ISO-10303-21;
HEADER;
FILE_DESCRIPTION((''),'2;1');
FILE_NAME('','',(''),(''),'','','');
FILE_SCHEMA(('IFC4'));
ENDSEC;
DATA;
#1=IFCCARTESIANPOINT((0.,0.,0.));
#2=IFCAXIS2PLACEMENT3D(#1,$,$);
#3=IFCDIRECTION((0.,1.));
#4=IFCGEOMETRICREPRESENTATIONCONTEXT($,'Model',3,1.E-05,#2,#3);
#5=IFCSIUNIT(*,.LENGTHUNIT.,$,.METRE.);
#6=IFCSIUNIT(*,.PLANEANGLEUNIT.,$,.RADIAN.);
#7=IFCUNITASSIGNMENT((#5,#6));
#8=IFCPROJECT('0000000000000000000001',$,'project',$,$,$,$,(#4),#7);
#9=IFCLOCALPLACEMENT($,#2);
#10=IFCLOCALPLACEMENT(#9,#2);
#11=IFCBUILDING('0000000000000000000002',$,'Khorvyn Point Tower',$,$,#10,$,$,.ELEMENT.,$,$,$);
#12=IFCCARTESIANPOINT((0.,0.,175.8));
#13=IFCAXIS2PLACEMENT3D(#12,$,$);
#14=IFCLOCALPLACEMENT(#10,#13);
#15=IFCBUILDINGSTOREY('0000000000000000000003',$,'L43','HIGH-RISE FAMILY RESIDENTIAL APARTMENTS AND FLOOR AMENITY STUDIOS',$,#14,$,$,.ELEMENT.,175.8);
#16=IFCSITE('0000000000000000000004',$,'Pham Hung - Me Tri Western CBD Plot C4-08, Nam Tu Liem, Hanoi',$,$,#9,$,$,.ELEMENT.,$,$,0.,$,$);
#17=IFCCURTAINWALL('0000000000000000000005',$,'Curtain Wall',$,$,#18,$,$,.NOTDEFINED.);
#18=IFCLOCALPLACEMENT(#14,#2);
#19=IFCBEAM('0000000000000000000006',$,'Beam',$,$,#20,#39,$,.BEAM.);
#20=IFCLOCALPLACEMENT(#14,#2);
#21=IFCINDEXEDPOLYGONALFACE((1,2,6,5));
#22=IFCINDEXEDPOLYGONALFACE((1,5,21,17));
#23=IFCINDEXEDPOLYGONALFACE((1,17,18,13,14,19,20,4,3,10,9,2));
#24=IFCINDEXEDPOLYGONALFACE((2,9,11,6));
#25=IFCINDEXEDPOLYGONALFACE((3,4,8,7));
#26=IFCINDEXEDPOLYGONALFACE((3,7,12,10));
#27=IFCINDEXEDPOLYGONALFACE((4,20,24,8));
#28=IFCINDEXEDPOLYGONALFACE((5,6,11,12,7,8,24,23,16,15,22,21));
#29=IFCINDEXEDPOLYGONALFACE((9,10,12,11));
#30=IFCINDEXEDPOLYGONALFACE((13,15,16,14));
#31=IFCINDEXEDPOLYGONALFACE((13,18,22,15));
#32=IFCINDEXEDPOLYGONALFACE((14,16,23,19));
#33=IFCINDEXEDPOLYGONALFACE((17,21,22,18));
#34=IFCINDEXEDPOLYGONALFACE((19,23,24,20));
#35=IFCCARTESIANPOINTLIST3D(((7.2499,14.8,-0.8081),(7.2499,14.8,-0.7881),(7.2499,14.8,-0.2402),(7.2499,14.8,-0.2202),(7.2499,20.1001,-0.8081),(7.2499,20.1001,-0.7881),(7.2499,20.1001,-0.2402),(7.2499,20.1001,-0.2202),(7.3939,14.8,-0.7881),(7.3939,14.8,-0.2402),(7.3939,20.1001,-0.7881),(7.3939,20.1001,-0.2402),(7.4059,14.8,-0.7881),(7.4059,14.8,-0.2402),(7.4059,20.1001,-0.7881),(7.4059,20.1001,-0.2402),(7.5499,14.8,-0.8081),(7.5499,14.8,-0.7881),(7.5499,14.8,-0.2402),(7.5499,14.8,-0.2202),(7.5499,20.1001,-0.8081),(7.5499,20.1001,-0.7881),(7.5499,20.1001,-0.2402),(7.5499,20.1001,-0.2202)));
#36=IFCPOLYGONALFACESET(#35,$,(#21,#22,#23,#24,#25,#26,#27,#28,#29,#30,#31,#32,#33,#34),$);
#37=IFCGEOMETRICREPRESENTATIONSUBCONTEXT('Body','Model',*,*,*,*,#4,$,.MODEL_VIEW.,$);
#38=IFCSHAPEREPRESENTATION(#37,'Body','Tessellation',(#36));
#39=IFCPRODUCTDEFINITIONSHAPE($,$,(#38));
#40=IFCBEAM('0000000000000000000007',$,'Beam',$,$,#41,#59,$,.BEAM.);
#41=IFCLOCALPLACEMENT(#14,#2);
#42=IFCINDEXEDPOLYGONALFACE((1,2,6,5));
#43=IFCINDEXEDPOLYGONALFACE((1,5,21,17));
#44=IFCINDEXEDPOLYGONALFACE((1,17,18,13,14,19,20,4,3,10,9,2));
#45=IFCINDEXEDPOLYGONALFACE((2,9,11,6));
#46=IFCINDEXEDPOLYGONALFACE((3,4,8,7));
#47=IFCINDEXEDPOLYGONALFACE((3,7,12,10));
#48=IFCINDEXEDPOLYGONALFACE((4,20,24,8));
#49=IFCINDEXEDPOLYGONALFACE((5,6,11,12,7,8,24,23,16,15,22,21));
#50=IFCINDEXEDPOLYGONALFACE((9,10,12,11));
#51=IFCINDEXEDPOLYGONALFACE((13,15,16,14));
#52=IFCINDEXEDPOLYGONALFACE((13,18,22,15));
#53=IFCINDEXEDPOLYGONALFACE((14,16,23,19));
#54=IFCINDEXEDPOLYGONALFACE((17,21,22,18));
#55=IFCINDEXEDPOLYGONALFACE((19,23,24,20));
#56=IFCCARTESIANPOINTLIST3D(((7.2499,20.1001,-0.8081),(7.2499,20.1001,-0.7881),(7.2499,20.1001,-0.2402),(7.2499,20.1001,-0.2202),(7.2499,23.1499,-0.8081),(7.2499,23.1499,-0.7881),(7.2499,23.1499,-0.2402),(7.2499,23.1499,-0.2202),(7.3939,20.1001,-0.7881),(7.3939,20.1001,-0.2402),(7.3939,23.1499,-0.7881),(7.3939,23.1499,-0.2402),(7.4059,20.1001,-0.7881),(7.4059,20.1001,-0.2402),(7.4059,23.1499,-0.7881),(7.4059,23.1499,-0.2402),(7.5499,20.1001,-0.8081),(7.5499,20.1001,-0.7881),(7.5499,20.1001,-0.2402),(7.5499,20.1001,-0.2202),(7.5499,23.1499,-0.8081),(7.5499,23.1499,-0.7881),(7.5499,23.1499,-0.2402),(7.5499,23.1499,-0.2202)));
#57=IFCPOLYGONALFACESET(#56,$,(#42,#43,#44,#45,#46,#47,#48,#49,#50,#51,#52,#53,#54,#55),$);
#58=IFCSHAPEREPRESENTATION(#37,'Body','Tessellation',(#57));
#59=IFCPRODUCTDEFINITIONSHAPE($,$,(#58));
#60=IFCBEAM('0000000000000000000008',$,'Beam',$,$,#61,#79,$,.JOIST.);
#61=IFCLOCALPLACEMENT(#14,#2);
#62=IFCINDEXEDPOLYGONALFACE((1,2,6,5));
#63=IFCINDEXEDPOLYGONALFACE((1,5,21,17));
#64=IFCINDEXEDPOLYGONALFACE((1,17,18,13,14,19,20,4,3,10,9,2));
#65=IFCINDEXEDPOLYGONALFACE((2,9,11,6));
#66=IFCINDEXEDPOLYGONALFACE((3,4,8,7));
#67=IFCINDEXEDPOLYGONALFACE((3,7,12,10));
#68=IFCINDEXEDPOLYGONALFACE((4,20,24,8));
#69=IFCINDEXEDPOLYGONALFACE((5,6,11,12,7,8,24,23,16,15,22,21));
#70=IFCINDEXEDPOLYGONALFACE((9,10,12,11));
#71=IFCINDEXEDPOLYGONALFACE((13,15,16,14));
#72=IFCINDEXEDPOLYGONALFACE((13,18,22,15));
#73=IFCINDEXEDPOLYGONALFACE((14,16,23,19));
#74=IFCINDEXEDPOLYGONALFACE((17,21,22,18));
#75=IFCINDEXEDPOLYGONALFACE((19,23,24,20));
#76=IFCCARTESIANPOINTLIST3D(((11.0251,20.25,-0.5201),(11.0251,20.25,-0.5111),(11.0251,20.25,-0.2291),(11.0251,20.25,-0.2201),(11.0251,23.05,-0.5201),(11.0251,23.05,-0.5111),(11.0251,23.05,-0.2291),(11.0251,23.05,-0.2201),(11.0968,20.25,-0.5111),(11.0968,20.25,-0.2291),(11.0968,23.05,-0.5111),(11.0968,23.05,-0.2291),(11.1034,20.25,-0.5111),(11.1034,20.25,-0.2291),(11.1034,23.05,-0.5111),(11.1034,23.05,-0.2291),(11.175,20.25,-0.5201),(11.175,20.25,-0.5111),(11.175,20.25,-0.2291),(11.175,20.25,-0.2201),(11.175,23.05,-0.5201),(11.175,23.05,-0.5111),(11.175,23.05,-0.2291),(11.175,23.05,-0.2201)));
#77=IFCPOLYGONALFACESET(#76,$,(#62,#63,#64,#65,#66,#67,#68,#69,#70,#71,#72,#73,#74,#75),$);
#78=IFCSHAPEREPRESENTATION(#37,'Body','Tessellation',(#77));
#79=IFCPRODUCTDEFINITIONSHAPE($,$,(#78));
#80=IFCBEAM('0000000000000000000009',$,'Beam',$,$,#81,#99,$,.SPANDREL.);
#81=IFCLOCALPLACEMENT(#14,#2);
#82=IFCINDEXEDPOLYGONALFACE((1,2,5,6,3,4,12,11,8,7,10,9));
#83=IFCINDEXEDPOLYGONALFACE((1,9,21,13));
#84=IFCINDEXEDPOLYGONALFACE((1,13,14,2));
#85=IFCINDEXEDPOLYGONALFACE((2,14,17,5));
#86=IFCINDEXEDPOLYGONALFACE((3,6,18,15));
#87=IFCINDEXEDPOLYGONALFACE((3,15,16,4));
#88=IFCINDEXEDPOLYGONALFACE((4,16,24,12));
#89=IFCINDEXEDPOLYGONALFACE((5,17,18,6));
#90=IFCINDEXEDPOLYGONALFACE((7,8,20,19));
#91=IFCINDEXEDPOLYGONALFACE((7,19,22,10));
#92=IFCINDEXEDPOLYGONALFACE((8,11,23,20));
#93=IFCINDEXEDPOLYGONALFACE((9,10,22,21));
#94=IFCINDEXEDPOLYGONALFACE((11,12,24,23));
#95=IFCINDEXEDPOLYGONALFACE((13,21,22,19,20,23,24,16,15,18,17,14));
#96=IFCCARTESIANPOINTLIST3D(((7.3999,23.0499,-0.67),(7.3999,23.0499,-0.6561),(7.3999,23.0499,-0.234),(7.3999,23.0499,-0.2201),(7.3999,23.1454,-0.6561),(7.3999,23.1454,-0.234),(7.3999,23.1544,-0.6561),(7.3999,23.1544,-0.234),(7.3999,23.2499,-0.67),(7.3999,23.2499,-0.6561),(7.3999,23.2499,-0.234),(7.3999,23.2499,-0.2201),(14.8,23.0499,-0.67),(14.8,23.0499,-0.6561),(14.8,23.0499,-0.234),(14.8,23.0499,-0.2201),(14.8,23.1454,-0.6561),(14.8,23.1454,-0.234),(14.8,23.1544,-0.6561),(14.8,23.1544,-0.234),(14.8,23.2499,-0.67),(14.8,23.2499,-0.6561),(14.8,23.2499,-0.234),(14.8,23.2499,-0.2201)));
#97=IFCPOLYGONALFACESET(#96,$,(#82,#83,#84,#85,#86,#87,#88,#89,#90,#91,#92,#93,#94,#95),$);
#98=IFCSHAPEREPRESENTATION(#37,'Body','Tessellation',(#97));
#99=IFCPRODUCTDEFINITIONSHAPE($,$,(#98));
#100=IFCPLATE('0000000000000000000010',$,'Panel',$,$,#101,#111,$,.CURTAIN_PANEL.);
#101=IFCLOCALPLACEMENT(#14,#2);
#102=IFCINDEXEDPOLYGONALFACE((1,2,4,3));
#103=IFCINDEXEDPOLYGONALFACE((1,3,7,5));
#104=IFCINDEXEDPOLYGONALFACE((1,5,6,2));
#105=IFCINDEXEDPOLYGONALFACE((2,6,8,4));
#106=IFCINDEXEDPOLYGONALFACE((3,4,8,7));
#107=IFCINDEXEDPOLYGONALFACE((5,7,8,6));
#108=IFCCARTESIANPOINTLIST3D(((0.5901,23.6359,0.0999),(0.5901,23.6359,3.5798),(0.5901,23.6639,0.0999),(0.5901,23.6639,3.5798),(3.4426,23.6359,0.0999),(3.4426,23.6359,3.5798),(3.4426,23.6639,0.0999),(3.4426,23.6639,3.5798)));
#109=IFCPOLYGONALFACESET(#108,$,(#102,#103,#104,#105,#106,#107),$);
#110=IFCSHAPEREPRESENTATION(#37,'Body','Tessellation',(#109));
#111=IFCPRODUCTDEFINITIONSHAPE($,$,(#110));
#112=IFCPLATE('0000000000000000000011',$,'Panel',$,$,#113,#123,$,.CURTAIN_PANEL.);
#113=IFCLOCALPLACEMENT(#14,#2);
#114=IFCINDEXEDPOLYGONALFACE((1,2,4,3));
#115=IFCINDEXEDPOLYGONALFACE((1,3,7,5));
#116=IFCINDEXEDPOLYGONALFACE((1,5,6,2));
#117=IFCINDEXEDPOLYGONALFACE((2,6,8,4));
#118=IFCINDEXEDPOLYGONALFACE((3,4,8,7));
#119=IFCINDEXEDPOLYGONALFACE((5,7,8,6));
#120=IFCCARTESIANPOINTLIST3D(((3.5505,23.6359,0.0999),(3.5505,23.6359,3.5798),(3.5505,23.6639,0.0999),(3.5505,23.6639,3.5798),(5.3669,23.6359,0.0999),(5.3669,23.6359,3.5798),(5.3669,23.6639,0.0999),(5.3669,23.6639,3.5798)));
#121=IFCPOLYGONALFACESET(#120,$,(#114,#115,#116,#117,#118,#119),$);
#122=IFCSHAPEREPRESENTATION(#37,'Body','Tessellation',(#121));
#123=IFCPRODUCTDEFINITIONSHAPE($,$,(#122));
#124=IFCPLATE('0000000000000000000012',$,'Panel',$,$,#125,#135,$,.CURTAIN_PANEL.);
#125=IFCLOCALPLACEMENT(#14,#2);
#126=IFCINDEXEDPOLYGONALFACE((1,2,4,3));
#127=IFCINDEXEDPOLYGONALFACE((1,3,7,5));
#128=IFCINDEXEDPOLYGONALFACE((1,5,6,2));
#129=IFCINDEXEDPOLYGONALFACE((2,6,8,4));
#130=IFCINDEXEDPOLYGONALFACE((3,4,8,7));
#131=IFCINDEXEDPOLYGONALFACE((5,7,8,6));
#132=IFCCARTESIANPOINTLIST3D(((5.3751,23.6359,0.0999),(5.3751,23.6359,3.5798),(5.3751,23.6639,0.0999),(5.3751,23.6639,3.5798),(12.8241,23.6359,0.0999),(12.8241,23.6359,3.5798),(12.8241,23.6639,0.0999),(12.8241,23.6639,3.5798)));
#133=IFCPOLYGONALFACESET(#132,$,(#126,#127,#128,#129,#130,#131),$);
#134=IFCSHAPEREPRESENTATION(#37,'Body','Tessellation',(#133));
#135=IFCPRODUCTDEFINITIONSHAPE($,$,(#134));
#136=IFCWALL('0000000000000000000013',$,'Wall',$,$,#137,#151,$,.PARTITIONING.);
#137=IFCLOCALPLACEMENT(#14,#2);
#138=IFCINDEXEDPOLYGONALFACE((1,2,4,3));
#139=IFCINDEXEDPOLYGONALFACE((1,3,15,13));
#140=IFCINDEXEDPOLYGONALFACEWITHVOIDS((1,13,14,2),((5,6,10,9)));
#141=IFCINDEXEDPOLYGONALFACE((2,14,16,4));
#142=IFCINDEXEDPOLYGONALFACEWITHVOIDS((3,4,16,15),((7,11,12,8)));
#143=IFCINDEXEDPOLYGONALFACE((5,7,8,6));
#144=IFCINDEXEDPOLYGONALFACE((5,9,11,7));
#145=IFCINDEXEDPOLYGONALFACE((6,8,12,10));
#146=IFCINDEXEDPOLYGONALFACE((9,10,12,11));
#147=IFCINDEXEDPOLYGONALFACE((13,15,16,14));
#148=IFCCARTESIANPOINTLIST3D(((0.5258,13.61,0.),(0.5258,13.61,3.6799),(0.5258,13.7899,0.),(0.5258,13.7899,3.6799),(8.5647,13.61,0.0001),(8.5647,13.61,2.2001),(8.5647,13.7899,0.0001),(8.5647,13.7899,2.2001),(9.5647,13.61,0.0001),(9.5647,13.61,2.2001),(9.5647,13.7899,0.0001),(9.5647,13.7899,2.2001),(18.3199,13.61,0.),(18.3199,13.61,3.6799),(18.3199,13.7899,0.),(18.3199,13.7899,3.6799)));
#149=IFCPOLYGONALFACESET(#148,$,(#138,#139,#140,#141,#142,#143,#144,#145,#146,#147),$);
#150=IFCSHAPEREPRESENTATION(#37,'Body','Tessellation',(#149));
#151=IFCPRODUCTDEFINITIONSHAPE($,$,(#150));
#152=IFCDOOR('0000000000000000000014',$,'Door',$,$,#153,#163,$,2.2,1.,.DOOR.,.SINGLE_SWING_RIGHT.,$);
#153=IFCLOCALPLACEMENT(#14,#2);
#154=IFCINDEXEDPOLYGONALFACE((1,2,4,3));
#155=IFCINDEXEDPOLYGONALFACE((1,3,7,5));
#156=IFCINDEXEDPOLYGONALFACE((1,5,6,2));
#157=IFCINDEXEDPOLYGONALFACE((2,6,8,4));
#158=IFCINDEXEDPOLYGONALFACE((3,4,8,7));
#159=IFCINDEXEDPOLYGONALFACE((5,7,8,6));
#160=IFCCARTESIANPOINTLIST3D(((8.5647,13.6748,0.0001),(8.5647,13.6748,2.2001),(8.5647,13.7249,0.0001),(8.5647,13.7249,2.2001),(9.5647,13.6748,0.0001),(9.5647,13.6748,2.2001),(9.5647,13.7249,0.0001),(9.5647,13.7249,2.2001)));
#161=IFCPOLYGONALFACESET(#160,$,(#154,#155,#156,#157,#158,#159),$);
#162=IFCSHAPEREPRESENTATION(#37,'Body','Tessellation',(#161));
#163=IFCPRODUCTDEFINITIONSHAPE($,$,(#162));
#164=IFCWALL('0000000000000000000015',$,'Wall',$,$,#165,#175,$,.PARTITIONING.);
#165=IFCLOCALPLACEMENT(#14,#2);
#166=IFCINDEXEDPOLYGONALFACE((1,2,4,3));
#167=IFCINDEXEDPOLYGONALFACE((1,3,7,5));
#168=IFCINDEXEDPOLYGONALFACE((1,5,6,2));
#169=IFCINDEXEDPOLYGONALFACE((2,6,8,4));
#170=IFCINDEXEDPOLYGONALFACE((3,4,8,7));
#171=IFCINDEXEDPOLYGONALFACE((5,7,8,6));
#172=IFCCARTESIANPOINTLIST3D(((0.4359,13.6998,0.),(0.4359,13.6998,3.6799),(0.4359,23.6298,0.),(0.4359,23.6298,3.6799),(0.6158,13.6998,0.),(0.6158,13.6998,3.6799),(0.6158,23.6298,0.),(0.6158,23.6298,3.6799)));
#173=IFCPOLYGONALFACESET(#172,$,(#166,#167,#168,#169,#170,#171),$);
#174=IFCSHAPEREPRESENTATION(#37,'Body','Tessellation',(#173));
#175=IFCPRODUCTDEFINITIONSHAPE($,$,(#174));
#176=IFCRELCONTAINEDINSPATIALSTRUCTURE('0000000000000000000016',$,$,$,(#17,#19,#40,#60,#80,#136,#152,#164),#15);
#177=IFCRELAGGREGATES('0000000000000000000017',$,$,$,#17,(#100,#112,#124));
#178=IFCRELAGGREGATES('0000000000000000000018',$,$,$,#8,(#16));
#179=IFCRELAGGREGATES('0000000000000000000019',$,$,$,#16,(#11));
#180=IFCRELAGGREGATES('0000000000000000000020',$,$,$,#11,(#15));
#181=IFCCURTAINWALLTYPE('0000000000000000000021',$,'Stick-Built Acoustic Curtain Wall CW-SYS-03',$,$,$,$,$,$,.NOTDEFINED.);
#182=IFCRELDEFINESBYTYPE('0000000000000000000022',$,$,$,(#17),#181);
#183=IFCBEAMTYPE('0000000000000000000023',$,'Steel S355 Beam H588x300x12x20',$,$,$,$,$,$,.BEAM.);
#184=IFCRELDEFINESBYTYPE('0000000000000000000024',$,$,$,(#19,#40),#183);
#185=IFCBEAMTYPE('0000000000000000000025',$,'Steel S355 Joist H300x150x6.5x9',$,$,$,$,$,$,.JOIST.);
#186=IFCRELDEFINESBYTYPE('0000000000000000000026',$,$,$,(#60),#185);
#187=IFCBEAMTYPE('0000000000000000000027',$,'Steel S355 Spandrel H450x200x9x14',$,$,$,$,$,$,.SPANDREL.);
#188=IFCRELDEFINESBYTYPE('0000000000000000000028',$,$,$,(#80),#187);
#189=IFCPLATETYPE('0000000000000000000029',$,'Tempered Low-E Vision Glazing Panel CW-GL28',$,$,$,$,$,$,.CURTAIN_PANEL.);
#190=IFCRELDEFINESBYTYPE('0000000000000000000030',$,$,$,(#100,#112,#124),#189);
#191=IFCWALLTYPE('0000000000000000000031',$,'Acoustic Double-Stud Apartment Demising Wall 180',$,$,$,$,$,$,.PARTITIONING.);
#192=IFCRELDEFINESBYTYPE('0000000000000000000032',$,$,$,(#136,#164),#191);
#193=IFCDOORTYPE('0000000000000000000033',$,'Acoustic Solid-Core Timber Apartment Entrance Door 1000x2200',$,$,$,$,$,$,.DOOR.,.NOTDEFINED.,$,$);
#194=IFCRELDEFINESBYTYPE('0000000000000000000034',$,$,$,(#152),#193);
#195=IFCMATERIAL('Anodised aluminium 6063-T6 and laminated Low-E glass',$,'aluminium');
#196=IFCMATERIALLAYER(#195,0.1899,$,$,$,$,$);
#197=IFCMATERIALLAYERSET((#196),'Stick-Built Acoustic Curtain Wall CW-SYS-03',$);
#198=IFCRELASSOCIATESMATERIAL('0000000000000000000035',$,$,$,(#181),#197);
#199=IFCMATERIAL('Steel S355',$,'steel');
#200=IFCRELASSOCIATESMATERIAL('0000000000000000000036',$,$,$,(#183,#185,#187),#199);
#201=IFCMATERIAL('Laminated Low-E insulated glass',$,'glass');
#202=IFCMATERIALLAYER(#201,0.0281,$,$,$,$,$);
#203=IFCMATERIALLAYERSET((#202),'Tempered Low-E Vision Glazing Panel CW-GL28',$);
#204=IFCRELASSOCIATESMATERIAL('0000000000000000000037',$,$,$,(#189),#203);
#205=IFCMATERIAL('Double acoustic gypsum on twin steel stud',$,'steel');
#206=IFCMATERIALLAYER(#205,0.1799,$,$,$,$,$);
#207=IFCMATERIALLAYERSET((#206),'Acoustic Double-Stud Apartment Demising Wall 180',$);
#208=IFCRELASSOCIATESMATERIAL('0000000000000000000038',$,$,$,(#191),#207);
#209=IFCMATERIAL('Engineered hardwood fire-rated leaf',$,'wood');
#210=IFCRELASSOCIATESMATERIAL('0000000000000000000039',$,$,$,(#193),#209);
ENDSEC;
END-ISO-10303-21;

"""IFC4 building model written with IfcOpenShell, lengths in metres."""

from ifc_helpers import new_model, si_unit, direction, frame, frame_2d, origin, origin_2d, place, context, subcontext, project, spatial, rectangle, i_section, extrude, material, layer, layer_set, material_profile, profile_set, type_object, element, fill, aggregate, save


model = new_model("IFC4")

# Units and contexts
model_context = context("Model", 3, precision=1e-05, world=origin(), true_north=direction((0.0, 1.0)))
body_context = subcontext(model_context, "Body", "Model", "MODEL_VIEW")
ifc_project = project(units=[si_unit("LENGTHUNIT", "METRE"), si_unit("PLANEANGLEUNIT", "RADIAN")], contexts=[model_context])

# Site, building, storey
site_placement = place(None, origin())
site = spatial("IfcSite", under=ifc_project, at=site_placement, Name="Pham Hung - Me Tri Western CBD Plot C4-08, Nam Tu Liem, Hanoi", CompositionType="ELEMENT", RefElevation=0.0)
building_placement = place(site_placement, origin())
building = spatial("IfcBuilding", under=site, at=building_placement, Name="Khorvyn Point Tower", CompositionType="ELEMENT")
storey_placement = place(building_placement, frame((0.0, 0.0, 175.8)))
storey = spatial("IfcBuildingStorey", under=building, at=storey_placement, Name="L43", Description="HIGH-RISE FAMILY RESIDENTIAL APARTMENTS AND FLOOR AMENITY STUDIOS", CompositionType="ELEMENT", Elevation=175.8)

# Curtain wall
ifc_material_1 = material(Name="Anodised aluminium 6063-T6 and laminated Low-E glass", Category="aluminium")
ifc_layer_1 = layer(ifc_material_1, 0.1899)
ifc_layer_set_1 = layer_set([ifc_layer_1], Name="Stick-Built Acoustic Curtain Wall CW-SYS-03")
curtain_wall_type = type_object("IfcCurtainWallType", Name="Stick-Built Acoustic Curtain Wall CW-SYS-03", PredefinedType="NOTDEFINED", material=ifc_layer_set_1)
curtain_wall_placement = place(storey_placement, origin())
curtain_wall = element("IfcCurtainWall", 1, at=curtain_wall_placement, inside=storey, type_object=curtain_wall_type, Name="Curtain Wall", PredefinedType="NOTDEFINED")

# Beams
ifc_material_2 = material(Name="Steel S355", Category="steel")
ifc_material_profile_1 = material_profile(ifc_material_2, i_section(OverallWidth=0.3, OverallDepth=0.5879, WebThickness=0.012, FlangeThickness=0.02, at=origin_2d()))
ifc_profile_set_1 = profile_set([ifc_material_profile_1], Name="Steel S355 H588x300x12x20")
beam_type_1 = type_object("IfcBeamType", Name="Steel S355 Beam H588x300x12x20", PredefinedType="BEAM", material=ifc_profile_set_1)
beam_1_placement = place(storey_placement, frame((7.3999, 14.8, -0.5142), z_axis=(0.0, 1.0, 0.0), x_axis=(-1.0, 0.0, 0.0)))
element("IfcBeam", 2, at=beam_1_placement, inside=storey, type_object=beam_type_1, Name="Beam", PredefinedType="BEAM", context=body_context, shape_type="SweptSolid", body=[
    extrude(i_section(OverallWidth=0.3, OverallDepth=0.5879, WebThickness=0.012, FlangeThickness=0.02, at=origin_2d()), origin(), (0.0, 0.0, 1.0), 5.3),
])
beam_2_placement = place(storey_placement, frame((7.3999, 20.1001, -0.5142), z_axis=(0.0, 1.0, 0.0), x_axis=(-1.0, 0.0, 0.0)))
element("IfcBeam", 3, at=beam_2_placement, inside=storey, type_object=beam_type_1, Name="Beam", PredefinedType="BEAM", context=body_context, shape_type="SweptSolid", body=[
    extrude(i_section(OverallWidth=0.3, OverallDepth=0.5879, WebThickness=0.012, FlangeThickness=0.02, at=origin_2d()), origin(), (0.0, 0.0, 1.0), 3.0498),
])
ifc_material_profile_2 = material_profile(ifc_material_2, i_section(OverallWidth=0.1499, OverallDepth=0.3, WebThickness=0.0066, FlangeThickness=0.009, at=origin_2d()))
ifc_profile_set_2 = profile_set([ifc_material_profile_2], Name="Steel S355 H300x150x6.5x9")
beam_type_2 = type_object("IfcBeamType", Name="Steel S355 Joist H300x150x6.5x9", PredefinedType="JOIST", material=ifc_profile_set_2)
beam_3_placement = place(storey_placement, frame((11.1001, 20.25, -0.3701), z_axis=(0.0, 1.0, 0.0), x_axis=(-1.0, 0.0, 0.0)))
element("IfcBeam", 4, at=beam_3_placement, inside=storey, type_object=beam_type_2, Name="Beam", PredefinedType="JOIST", context=body_context, shape_type="SweptSolid", body=[
    extrude(i_section(OverallWidth=0.1499, OverallDepth=0.3, WebThickness=0.0066, FlangeThickness=0.009, at=origin_2d()), origin(), (0.0, 0.0, 1.0), 2.8),
])
ifc_material_profile_3 = material_profile(ifc_material_2, i_section(OverallWidth=0.2, OverallDepth=0.45, WebThickness=0.009, FlangeThickness=0.0139, at=origin_2d()))
ifc_profile_set_3 = profile_set([ifc_material_profile_3], Name="Steel S355 H450x200x9x14")
beam_type_3 = type_object("IfcBeamType", Name="Steel S355 Spandrel H450x200x9x14", PredefinedType="SPANDREL", material=ifc_profile_set_3)
beam_4_placement = place(storey_placement, frame((7.3999, 23.1499, -0.4451), z_axis=(1.0, 0.0, 0.0), x_axis=(0.0, 1.0, 0.0)))
element("IfcBeam", 5, at=beam_4_placement, inside=storey, type_object=beam_type_3, Name="Beam", PredefinedType="SPANDREL", context=body_context, shape_type="SweptSolid", body=[
    extrude(i_section(OverallWidth=0.2, OverallDepth=0.45, WebThickness=0.009, FlangeThickness=0.0139, at=origin_2d()), origin(), (0.0, 0.0, 1.0), 7.4001),
])

# Plates
ifc_material_3 = material(Name="Laminated Low-E insulated glass", Category="glass")
ifc_layer_2 = layer(ifc_material_3, 0.0281)
ifc_layer_set_2 = layer_set([ifc_layer_2], Name="Tempered Low-E Vision Glazing Panel CW-GL28")
plate_type = type_object("IfcPlateType", Name="Tempered Low-E Vision Glazing Panel CW-GL28", PredefinedType="CURTAIN_PANEL", material=ifc_layer_set_2)
plate_1_placement = place(storey_placement, frame((2.0164, 23.6499, 0.0999), z_axis=(0.0, 0.0, 1.0), x_axis=(1.0, 0.0, 0.0)))
plate_1 = element("IfcPlate", 6, at=plate_1_placement, type_object=plate_type, Name="Panel", PredefinedType="CURTAIN_PANEL", context=body_context, shape_type="SweptSolid", body=[
    extrude(rectangle(XDim=2.8525, YDim=0.0281, at=origin_2d()), origin(), (0.0, 0.0, 1.0), 3.48),
])
plate_2_placement = place(storey_placement, frame((4.4587, 23.6499, 0.0999), z_axis=(0.0, 0.0, 1.0), x_axis=(1.0, 0.0, 0.0)))
plate_2 = element("IfcPlate", 7, at=plate_2_placement, type_object=plate_type, Name="Panel", PredefinedType="CURTAIN_PANEL", context=body_context, shape_type="SweptSolid", body=[
    extrude(rectangle(XDim=1.8164, YDim=0.0281, at=origin_2d()), origin(), (0.0, 0.0, 1.0), 3.48),
])
plate_3_placement = place(storey_placement, frame((9.0996, 23.6499, 0.0999), z_axis=(0.0, 0.0, 1.0), x_axis=(1.0, 0.0, 0.0)))
plate_3 = element("IfcPlate", 8, at=plate_3_placement, type_object=plate_type, Name="Panel", PredefinedType="CURTAIN_PANEL", context=body_context, shape_type="SweptSolid", body=[
    extrude(rectangle(XDim=7.449, YDim=0.0281, at=origin_2d()), origin(), (0.0, 0.0, 1.0), 3.48),
])
aggregate(curtain_wall, [plate_1, plate_2, plate_3])

# Wall, opening, door
ifc_material_4 = material(Name="Double acoustic gypsum on twin steel stud", Category="steel")
ifc_layer_3 = layer(ifc_material_4, 0.1799)
ifc_layer_set_3 = layer_set([ifc_layer_3], Name="Acoustic Double-Stud Apartment Demising Wall 180")
wall_type_1 = type_object("IfcWallType", Name="Acoustic Double-Stud Apartment Demising Wall 180", PredefinedType="PARTITIONING", material=ifc_layer_set_3)
wall_1_placement = place(storey_placement, frame((0.5259, 13.7, 0.0), z_axis=(0.0, 0.0, 1.0), x_axis=(1.0, 0.0, 0.0)))
wall_1 = element("IfcWall", 9, at=wall_1_placement, inside=storey, type_object=wall_type_1, Name="Wall", PredefinedType="PARTITIONING", context=body_context, shape_type="SweptSolid", body=[
    extrude(rectangle(XDim=17.7942, YDim=0.1799, at=frame_2d((8.897, 0.0))), origin(), (0.0, 0.0, 1.0), 3.6799),
])
opening_1_placement = place(wall_1_placement, frame((8.0388, 0.0, 0.0)))
opening_1 = element("IfcOpeningElement", 10, at=opening_1_placement, cuts=wall_1, PredefinedType="OPENING", context=body_context, shape_type="SweptSolid", body=[
    extrude(rectangle(XDim=1.0, YDim=2.2, at=frame_2d((0.5, 1.1001))), frame((0.0, 0.0999, 0.0), z_axis=(0.0, -1.0, 0.0), x_axis=(1.0, 0.0, 0.0)), (0.0, 0.0, 1.0), 0.2),
])
ifc_material_5 = material(Name="Engineered hardwood fire-rated leaf", Category="wood")
door_type_1 = type_object("IfcDoorType", Name="Acoustic Solid-Core Timber Apartment Entrance Door 1000x2200", OperationType="NOTDEFINED", PredefinedType="DOOR", material=ifc_material_5)
door_1_placement = place(opening_1_placement, origin())
door_1 = element("IfcDoor", 11, at=door_1_placement, inside=storey, type_object=door_type_1, Name="Door", OperationType="SINGLE_SWING_RIGHT", OverallHeight=2.2, OverallWidth=1.0, PredefinedType="DOOR", context=body_context, shape_type="SweptSolid", body=[
    extrude(rectangle(XDim=1.0, YDim=2.2, at=frame_2d((0.5, 1.1001))), frame((0.0, 0.0249, 0.0), z_axis=(0.0, -1.0, 0.0), x_axis=(1.0, 0.0, 0.0)), (0.0, 0.0, 1.0), 0.05),
])
fill(opening_1, door_1)

# Wall
wall_2_placement = place(storey_placement, frame((0.5259, 13.7, 0.0), z_axis=(0.0, 0.0, 1.0), x_axis=(0.0, 1.0, 0.0)))
element("IfcWall", 12, at=wall_2_placement, inside=storey, type_object=wall_type_1, Name="Wall", PredefinedType="PARTITIONING", context=body_context, shape_type="SweptSolid", body=[
    extrude(rectangle(XDim=9.9299, YDim=0.1799, at=frame_2d((4.9648, 0.0))), origin(), (0.0, 0.0, 1.0), 3.6799),
])

save(model, "model.ifc")
